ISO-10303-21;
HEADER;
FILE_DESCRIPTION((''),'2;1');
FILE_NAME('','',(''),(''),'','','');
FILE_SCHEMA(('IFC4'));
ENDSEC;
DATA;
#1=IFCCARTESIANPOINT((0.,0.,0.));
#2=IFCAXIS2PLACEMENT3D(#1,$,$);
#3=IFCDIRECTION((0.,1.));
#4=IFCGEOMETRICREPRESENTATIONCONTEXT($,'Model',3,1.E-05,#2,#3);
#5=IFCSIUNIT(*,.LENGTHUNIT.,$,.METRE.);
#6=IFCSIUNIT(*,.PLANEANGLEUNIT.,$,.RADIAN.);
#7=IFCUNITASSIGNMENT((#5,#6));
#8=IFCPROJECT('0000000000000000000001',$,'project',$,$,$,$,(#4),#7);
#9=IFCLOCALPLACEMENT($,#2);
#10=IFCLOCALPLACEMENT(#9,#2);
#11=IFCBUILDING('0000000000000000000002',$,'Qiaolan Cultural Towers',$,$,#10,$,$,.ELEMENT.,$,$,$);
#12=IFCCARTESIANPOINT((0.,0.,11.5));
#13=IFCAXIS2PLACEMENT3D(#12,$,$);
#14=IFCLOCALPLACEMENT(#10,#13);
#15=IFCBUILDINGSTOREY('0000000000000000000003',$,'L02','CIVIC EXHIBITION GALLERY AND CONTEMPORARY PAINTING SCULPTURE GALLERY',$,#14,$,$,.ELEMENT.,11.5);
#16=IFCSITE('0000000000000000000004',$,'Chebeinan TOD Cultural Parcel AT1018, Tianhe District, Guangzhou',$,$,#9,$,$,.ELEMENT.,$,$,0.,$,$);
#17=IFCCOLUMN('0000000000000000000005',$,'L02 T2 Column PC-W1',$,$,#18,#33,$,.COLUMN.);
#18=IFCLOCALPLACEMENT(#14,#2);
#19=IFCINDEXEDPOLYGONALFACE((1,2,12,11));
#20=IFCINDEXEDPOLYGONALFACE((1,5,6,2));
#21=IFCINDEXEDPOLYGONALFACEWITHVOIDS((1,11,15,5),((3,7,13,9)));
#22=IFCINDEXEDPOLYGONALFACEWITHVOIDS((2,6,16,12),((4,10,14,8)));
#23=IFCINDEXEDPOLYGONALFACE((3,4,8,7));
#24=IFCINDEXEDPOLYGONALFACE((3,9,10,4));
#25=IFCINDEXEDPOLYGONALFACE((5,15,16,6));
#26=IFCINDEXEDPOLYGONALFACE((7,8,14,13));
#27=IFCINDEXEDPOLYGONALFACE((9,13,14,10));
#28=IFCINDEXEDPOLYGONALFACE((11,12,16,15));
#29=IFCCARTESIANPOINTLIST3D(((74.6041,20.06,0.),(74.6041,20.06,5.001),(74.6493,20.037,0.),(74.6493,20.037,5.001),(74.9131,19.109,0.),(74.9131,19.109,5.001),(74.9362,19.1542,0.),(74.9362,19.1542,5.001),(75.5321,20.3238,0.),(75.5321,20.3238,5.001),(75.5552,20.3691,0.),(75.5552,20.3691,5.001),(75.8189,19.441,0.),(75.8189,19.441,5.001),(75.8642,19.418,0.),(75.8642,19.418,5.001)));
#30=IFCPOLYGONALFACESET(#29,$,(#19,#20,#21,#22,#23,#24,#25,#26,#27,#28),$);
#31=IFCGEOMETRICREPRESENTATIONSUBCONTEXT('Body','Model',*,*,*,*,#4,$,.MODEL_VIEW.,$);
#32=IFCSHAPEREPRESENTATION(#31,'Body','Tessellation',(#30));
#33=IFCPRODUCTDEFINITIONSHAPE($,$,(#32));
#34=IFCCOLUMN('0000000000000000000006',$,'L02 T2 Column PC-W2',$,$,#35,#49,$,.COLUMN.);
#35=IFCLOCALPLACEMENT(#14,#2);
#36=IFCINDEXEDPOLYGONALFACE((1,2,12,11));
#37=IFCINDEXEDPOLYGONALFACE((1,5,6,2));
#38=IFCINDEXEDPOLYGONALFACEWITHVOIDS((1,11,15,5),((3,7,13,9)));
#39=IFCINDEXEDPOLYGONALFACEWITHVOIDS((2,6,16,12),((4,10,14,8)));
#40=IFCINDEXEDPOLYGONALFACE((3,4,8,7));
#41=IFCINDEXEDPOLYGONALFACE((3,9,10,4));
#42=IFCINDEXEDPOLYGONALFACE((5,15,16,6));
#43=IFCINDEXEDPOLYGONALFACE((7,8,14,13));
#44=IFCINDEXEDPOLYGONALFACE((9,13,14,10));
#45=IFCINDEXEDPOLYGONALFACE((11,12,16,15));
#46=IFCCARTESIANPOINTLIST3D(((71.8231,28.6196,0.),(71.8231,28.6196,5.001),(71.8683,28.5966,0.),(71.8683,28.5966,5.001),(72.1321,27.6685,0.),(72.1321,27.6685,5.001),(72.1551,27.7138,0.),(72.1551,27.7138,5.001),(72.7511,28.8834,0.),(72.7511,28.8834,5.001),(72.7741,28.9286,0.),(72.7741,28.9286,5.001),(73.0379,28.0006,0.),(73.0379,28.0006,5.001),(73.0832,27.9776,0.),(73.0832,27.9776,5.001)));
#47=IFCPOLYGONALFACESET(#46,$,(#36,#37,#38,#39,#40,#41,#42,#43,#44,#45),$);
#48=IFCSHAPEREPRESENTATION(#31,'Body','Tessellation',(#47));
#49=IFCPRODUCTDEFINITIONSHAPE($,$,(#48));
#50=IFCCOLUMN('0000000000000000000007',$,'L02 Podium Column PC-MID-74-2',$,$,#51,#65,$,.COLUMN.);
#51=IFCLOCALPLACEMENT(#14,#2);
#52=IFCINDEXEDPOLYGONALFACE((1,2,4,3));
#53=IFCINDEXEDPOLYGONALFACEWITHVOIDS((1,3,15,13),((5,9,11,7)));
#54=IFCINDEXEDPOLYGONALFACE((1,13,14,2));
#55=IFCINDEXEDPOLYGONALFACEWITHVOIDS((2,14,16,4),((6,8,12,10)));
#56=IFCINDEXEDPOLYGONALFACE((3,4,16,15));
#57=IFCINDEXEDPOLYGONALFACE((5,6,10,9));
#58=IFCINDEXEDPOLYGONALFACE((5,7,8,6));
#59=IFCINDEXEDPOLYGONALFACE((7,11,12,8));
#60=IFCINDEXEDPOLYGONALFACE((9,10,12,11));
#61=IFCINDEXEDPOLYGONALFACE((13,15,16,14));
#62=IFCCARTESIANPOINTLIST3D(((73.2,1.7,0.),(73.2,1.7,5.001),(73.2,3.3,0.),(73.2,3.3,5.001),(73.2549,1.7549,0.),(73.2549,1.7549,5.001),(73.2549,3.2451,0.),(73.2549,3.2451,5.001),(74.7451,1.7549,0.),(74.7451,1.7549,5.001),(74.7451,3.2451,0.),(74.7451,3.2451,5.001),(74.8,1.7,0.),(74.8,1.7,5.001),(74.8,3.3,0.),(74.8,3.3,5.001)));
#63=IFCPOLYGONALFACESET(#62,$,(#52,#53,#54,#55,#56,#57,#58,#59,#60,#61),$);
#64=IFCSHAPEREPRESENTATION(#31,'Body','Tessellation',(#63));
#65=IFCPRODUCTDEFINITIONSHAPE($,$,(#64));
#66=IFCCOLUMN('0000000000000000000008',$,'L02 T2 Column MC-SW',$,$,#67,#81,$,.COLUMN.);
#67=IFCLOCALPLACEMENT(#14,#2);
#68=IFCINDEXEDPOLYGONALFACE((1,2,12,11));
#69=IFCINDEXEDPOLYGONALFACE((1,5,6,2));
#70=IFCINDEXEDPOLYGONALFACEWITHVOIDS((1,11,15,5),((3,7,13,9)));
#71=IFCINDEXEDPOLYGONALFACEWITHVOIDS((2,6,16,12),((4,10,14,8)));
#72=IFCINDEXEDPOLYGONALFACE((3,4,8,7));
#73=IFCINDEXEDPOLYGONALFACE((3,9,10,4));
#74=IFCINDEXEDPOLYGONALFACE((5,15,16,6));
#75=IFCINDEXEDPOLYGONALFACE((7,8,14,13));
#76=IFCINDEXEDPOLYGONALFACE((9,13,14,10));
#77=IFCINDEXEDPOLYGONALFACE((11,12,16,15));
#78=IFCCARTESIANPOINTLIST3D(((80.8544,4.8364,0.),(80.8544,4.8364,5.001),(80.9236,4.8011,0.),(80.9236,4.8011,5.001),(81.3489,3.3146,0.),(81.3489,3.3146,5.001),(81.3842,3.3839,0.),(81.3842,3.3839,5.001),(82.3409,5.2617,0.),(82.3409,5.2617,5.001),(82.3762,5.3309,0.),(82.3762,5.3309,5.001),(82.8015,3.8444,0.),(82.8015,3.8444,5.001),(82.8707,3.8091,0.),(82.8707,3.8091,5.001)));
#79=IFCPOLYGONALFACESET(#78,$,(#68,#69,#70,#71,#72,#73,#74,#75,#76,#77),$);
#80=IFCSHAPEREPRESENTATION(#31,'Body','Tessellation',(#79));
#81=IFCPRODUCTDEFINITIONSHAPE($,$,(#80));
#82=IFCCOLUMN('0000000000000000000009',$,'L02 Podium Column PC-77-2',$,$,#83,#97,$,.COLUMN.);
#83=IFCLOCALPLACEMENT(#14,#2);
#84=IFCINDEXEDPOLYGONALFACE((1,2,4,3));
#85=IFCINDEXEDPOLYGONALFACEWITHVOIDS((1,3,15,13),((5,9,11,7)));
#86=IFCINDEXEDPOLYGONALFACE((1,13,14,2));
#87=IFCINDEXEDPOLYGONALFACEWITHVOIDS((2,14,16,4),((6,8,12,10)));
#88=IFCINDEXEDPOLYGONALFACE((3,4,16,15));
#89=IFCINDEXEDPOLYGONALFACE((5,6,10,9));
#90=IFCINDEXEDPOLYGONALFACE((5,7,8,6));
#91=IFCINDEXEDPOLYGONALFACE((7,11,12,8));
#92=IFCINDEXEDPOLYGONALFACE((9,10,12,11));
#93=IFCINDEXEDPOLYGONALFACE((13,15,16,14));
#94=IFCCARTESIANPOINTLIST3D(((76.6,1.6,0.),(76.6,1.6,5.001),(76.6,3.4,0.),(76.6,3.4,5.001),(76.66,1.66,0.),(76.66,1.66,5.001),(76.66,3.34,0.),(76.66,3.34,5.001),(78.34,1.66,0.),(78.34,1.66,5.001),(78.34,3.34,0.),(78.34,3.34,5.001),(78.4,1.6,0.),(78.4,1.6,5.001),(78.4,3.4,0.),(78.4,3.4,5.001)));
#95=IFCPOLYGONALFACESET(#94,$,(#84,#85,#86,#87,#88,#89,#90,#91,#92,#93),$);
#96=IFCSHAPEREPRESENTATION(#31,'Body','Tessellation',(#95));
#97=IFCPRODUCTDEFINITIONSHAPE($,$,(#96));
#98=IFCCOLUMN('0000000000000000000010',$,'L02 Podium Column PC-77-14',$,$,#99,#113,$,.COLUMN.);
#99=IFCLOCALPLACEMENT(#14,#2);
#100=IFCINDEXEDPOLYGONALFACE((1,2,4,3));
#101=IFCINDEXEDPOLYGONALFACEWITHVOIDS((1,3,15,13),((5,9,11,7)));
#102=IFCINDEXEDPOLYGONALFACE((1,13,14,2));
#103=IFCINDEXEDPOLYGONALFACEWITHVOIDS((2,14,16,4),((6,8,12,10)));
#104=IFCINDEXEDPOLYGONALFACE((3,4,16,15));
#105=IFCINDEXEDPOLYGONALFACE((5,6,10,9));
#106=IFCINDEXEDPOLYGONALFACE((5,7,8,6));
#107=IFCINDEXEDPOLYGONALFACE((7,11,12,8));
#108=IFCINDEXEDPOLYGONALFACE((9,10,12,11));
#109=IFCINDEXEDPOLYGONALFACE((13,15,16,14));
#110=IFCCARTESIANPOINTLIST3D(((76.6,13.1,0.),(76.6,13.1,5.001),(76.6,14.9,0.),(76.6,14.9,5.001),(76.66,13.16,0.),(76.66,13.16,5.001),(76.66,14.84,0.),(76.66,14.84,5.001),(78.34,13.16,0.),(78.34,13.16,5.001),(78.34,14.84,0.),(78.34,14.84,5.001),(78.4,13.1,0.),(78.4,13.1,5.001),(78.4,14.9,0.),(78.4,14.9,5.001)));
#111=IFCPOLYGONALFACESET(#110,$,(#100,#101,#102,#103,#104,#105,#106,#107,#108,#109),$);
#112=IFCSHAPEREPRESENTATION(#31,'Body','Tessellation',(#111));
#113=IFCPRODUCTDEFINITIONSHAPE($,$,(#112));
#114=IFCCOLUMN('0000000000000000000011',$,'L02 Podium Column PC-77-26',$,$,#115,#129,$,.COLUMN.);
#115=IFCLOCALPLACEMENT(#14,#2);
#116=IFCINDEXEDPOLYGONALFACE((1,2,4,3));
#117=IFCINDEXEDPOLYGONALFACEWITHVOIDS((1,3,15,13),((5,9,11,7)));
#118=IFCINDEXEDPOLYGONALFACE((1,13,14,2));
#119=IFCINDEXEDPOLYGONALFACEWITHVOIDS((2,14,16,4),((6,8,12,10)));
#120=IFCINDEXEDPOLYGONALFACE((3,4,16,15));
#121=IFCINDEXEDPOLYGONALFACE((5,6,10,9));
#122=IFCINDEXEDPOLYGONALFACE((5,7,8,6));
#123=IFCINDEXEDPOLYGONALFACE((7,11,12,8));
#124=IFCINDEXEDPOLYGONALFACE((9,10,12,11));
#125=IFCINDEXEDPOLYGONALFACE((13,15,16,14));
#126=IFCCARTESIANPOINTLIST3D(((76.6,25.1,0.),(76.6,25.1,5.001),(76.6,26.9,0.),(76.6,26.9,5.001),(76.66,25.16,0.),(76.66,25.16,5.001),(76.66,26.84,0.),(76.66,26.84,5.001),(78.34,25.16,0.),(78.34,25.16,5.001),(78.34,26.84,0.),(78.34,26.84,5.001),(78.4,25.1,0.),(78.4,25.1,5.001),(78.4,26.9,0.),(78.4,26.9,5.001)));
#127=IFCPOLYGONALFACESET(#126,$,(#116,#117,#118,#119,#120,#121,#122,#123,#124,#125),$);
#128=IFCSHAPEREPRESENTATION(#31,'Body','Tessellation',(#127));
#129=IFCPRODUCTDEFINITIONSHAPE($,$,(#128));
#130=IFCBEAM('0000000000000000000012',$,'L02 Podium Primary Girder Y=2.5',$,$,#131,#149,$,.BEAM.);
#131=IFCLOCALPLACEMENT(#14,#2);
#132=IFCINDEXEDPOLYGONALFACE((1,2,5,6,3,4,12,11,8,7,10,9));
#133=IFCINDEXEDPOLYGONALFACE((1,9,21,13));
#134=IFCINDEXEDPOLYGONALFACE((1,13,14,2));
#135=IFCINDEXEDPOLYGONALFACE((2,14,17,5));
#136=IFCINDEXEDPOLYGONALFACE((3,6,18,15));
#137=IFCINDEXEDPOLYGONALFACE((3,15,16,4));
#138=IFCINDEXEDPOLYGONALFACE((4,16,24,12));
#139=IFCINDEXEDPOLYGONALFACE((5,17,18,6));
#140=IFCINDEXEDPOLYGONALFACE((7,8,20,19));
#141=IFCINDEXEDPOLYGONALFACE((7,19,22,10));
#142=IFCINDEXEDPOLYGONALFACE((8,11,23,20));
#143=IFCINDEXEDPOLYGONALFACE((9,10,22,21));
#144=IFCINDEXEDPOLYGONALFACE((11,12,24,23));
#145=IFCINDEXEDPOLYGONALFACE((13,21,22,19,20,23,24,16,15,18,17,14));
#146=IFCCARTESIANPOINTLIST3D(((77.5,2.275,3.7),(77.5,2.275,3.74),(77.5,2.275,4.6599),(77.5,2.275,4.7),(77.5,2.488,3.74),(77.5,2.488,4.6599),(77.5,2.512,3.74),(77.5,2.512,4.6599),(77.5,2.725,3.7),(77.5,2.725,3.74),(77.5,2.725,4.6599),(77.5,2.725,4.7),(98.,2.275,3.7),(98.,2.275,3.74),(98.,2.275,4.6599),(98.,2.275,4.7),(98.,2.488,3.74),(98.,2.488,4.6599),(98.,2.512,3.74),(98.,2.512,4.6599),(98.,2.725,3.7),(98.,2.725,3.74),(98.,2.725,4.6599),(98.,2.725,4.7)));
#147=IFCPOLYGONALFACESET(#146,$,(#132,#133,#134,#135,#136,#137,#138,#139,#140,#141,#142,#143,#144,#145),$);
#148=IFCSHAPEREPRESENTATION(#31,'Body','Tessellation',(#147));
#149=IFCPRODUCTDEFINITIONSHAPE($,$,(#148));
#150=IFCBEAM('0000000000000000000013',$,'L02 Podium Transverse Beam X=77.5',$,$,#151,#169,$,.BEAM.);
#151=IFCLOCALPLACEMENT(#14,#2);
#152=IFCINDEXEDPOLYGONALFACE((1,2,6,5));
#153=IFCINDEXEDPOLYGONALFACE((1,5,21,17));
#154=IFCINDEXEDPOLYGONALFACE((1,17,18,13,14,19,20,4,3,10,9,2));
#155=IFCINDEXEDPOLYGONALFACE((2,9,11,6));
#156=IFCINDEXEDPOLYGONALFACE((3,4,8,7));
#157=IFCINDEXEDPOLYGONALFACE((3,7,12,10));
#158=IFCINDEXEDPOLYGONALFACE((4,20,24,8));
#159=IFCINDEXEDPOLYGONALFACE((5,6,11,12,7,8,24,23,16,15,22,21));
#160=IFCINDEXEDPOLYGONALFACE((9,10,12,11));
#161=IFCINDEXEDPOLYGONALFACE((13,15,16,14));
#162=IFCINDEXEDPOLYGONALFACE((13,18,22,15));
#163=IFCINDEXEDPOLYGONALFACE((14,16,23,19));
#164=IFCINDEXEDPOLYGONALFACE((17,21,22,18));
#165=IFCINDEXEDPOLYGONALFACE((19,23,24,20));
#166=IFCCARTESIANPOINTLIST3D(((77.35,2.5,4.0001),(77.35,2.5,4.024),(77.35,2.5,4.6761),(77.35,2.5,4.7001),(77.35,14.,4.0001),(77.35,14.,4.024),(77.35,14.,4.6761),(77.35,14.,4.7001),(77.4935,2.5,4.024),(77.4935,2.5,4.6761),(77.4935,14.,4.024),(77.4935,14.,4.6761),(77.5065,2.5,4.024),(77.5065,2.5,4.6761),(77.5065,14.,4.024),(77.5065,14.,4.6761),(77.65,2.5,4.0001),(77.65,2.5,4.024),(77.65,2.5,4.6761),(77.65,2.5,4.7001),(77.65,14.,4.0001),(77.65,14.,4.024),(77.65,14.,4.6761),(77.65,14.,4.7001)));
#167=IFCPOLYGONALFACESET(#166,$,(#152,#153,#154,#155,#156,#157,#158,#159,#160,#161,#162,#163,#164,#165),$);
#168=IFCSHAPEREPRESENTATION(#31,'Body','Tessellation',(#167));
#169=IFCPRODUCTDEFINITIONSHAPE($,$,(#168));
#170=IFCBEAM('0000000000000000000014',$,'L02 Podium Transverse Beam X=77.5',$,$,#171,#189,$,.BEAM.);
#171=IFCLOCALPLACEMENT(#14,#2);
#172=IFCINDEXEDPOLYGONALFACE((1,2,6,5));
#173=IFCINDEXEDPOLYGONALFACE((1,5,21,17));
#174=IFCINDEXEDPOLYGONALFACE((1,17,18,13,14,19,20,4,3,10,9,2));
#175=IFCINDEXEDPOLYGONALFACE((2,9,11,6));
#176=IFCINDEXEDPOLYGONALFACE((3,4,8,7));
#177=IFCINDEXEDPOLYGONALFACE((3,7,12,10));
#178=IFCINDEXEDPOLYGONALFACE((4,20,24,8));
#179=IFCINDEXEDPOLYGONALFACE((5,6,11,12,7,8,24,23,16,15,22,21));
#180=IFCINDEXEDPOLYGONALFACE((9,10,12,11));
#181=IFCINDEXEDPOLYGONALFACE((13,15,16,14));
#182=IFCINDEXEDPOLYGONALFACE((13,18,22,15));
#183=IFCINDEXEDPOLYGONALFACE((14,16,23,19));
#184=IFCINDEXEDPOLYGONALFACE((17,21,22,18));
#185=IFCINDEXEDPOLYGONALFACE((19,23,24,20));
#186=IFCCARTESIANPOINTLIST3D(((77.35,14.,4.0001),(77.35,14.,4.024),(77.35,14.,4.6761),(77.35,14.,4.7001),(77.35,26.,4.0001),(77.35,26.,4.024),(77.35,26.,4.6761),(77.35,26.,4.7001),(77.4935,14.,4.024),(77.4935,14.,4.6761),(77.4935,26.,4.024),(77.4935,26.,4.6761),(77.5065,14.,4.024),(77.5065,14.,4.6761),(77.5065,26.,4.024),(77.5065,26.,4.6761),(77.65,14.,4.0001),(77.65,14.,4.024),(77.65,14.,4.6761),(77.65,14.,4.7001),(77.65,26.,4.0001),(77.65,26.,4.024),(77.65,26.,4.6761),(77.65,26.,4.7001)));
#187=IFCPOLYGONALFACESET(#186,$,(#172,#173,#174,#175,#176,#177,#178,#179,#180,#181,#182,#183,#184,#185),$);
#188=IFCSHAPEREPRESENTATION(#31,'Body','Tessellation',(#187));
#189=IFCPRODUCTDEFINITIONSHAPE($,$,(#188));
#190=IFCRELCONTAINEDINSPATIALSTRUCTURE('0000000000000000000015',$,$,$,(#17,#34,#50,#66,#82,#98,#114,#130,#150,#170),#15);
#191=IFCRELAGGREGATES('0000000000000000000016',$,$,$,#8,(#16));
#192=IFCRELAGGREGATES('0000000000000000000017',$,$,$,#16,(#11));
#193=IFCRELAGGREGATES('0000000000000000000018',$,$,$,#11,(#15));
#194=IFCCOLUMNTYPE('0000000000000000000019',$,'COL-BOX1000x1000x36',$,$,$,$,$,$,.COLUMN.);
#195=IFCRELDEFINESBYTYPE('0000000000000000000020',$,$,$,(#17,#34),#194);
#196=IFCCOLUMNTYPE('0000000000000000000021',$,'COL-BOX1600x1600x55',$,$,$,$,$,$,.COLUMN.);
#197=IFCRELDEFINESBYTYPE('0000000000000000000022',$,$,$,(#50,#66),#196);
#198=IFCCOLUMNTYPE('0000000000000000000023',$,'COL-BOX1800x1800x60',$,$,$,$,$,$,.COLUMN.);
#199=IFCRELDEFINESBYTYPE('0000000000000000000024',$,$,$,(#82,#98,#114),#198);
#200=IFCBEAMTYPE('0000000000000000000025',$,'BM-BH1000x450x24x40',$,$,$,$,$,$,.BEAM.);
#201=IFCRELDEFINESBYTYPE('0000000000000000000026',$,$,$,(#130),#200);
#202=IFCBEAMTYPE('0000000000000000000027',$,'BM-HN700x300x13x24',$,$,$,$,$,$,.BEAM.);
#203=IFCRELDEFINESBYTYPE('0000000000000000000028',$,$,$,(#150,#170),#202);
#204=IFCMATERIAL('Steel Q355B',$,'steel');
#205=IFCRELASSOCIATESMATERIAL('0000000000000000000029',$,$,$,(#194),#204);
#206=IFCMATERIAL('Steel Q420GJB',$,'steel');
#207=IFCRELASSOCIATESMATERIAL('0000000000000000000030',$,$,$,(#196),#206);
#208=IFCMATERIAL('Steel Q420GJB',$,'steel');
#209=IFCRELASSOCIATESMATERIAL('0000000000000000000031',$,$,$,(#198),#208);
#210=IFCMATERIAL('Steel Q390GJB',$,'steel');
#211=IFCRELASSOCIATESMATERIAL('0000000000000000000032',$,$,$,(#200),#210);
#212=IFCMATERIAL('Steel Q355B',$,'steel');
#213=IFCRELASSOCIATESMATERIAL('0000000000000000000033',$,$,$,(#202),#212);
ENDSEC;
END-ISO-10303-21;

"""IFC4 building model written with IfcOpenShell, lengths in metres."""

from ifc_helpers import new_model, si_unit, direction, frame, origin, origin_2d, place, context, subcontext, project, spatial, hollow_rectangle, i_section, extrude, material, material_profile, profile_set, type_object, element, save


model = new_model("IFC4")

# Units and contexts
model_context = context("Model", 3, precision=1e-05, world=origin(), true_north=direction((0.0, 1.0)))
body_context = subcontext(model_context, "Body", "Model", "MODEL_VIEW")
ifc_project = project(units=[si_unit("LENGTHUNIT", "METRE"), si_unit("PLANEANGLEUNIT", "RADIAN")], contexts=[model_context])

# Site, building, storey
site_placement = place(None, origin())
site = spatial("IfcSite", under=ifc_project, at=site_placement, Name="Chebeinan TOD Cultural Parcel AT1018, Tianhe District, Guangzhou", CompositionType="ELEMENT", RefElevation=0.0)
building_placement = place(site_placement, origin())
building = spatial("IfcBuilding", under=site, at=building_placement, Name="Qiaolan Cultural Towers", CompositionType="ELEMENT")
storey_placement = place(building_placement, frame((0.0, 0.0, 11.5)))
storey = spatial("IfcBuildingStorey", under=building, at=storey_placement, Name="L02", Description="CIVIC EXHIBITION GALLERY AND CONTEMPORARY PAINTING SCULPTURE GALLERY", CompositionType="ELEMENT", Elevation=11.5)

# Columns
ifc_material_1 = material(Name="Steel Q355B", Category="steel")
ifc_material_profile_1 = material_profile(ifc_material_1, hollow_rectangle(XDim=1.0, YDim=1.0, WallThickness=0.0359, at=origin_2d()), Name="BOX1000x1000x36")
ifc_profile_set_1 = profile_set([ifc_material_profile_1], Name="Steel Q355B")
column_type_1 = type_object("IfcColumnType", Name="COL-BOX1000x1000x36", PredefinedType="COLUMN", material=ifc_profile_set_1)
for number, where, z_axis, x_axis, name in (
    (1, (75.2341, 19.739, 0.0), (0.0, 0.0, 1.0), (0.951057, 0.309017, 0.0), "L02 T2 Column PC-W1"),
    (2, (72.4531, 28.2986, 0.0), (0.0, 0.0, 1.0), (0.951057, 0.309017, 0.0), "L02 T2 Column PC-W2"),
):
    element("IfcColumn", number, at=place(storey_placement, frame(where, z_axis=z_axis, x_axis=x_axis)), inside=storey, type_object=column_type_1, Name=name, PredefinedType="COLUMN", context=body_context, shape_type="SweptSolid", body=[
        extrude(hollow_rectangle(XDim=1.0, YDim=1.0, WallThickness=0.0359, at=origin_2d()), origin(), (0.0, 0.0, 1.0), 5.001),
    ])
ifc_material_2 = material(Name="Steel Q420GJB", Category="steel")
ifc_material_profile_2 = material_profile(ifc_material_2, hollow_rectangle(XDim=1.6001, YDim=1.6001, WallThickness=0.0549, at=origin_2d()), Name="BOX1600x1600x55")
ifc_profile_set_2 = profile_set([ifc_material_profile_2], Name="Steel Q420GJB")
column_type_2 = type_object("IfcColumnType", Name="COL-BOX1600x1600x55", PredefinedType="COLUMN", material=ifc_profile_set_2)
for number, where, z_axis, x_axis, name in (
    (3, (74.0, 2.5, 0.0), (0.0, 0.0, 1.0), (1.0, 0.0, 0.0), "L02 Podium Column PC-MID-74-2"),
    (4, (81.8625, 4.3228, 0.0), (0.0, 0.0, 1.0), (0.951057, 0.309017, 0.0), "L02 T2 Column MC-SW"),
):
    element("IfcColumn", number, at=place(storey_placement, frame(where, z_axis=z_axis, x_axis=x_axis)), inside=storey, type_object=column_type_2, Name=name, PredefinedType="COLUMN", context=body_context, shape_type="SweptSolid", body=[
        extrude(hollow_rectangle(XDim=1.6001, YDim=1.6001, WallThickness=0.0549, at=origin_2d()), origin(), (0.0, 0.0, 1.0), 5.001),
    ])
ifc_material_3 = material(Name="Steel Q420GJB", Category="steel")
ifc_material_profile_3 = material_profile(ifc_material_3, hollow_rectangle(XDim=1.8, YDim=1.8, WallThickness=0.0601, at=origin_2d()), Name="BOX1800x1800x60")
ifc_profile_set_3 = profile_set([ifc_material_profile_3], Name="Steel Q420GJB")
column_type_3 = type_object("IfcColumnType", Name="COL-BOX1800x1800x60", PredefinedType="COLUMN", material=ifc_profile_set_3)
for number, where, z_axis, x_axis, name in (
    (5, (77.5, 2.5, 0.0), (0.0, 0.0, 1.0), (1.0, 0.0, 0.0), "L02 Podium Column PC-77-2"),
    (6, (77.5, 14.0, 0.0), (0.0, 0.0, 1.0), (1.0, 0.0, 0.0), "L02 Podium Column PC-77-14"),
    (7, (77.5, 26.0, 0.0), (0.0, 0.0, 1.0), (1.0, 0.0, 0.0), "L02 Podium Column PC-77-26"),
):
    element("IfcColumn", number, at=place(storey_placement, frame(where, z_axis=z_axis, x_axis=x_axis)), inside=storey, type_object=column_type_3, Name=name, PredefinedType="COLUMN", context=body_context, shape_type="SweptSolid", body=[
        extrude(hollow_rectangle(XDim=1.8, YDim=1.8, WallThickness=0.0601, at=origin_2d()), origin(), (0.0, 0.0, 1.0), 5.001),
    ])

# Beams
ifc_material_4 = material(Name="Steel Q390GJB", Category="steel")
ifc_material_profile_4 = material_profile(ifc_material_4, i_section(OverallWidth=0.45, OverallDepth=1.0, WebThickness=0.0239, FlangeThickness=0.04, at=origin_2d()), Name="BH1000x450x24x40")
ifc_profile_set_4 = profile_set([ifc_material_profile_4], Name="Steel Q390GJB")
beam_type_1 = type_object("IfcBeamType", Name="BM-BH1000x450x24x40", PredefinedType="BEAM", material=ifc_profile_set_4)
beam_1_placement = place(storey_placement, frame((77.5, 2.5, 4.2), z_axis=(1.0, 0.0, 0.0), x_axis=(0.0, 1.0, 0.0)))
element("IfcBeam", 8, at=beam_1_placement, inside=storey, type_object=beam_type_1, Name="L02 Podium Primary Girder Y=2.5", PredefinedType="BEAM", context=body_context, shape_type="SweptSolid", body=[
    extrude(i_section(OverallWidth=0.45, OverallDepth=1.0, WebThickness=0.0239, FlangeThickness=0.04, at=origin_2d()), origin(), (0.0, 0.0, 1.0), 20.5),
])
ifc_material_5 = material(Name="Steel Q355B", Category="steel")
ifc_material_profile_5 = material_profile(ifc_material_5, i_section(OverallWidth=0.3, OverallDepth=0.7, WebThickness=0.0129, FlangeThickness=0.0239, at=origin_2d()), Name="HN700x300x13x24")
ifc_profile_set_5 = profile_set([ifc_material_profile_5], Name="Steel Q355B")
beam_type_2 = type_object("IfcBeamType", Name="BM-HN700x300x13x24", PredefinedType="BEAM", material=ifc_profile_set_5)
beam_2_placement = place(storey_placement, frame((77.5, 2.5, 4.3501), z_axis=(0.0, 1.0, 0.0), x_axis=(-1.0, 0.0, 0.0)))
element("IfcBeam", 9, at=beam_2_placement, inside=storey, type_object=beam_type_2, Name="L02 Podium Transverse Beam X=77.5", PredefinedType="BEAM", context=body_context, shape_type="SweptSolid", body=[
    extrude(i_section(OverallWidth=0.3, OverallDepth=0.7, WebThickness=0.0129, FlangeThickness=0.0239, at=origin_2d()), origin(), (0.0, 0.0, 1.0), 11.5),
])
beam_3_placement = place(storey_placement, frame((77.5, 14.0, 4.3501), z_axis=(0.0, 1.0, 0.0), x_axis=(-1.0, 0.0, 0.0)))
element("IfcBeam", 10, at=beam_3_placement, inside=storey, type_object=beam_type_2, Name="L02 Podium Transverse Beam X=77.5", PredefinedType="BEAM", context=body_context, shape_type="SweptSolid", body=[
    extrude(i_section(OverallWidth=0.3, OverallDepth=0.7, WebThickness=0.0129, FlangeThickness=0.0239, at=origin_2d()), origin(), (0.0, 0.0, 1.0), 12.0),
])

save(model, "model.ifc")
